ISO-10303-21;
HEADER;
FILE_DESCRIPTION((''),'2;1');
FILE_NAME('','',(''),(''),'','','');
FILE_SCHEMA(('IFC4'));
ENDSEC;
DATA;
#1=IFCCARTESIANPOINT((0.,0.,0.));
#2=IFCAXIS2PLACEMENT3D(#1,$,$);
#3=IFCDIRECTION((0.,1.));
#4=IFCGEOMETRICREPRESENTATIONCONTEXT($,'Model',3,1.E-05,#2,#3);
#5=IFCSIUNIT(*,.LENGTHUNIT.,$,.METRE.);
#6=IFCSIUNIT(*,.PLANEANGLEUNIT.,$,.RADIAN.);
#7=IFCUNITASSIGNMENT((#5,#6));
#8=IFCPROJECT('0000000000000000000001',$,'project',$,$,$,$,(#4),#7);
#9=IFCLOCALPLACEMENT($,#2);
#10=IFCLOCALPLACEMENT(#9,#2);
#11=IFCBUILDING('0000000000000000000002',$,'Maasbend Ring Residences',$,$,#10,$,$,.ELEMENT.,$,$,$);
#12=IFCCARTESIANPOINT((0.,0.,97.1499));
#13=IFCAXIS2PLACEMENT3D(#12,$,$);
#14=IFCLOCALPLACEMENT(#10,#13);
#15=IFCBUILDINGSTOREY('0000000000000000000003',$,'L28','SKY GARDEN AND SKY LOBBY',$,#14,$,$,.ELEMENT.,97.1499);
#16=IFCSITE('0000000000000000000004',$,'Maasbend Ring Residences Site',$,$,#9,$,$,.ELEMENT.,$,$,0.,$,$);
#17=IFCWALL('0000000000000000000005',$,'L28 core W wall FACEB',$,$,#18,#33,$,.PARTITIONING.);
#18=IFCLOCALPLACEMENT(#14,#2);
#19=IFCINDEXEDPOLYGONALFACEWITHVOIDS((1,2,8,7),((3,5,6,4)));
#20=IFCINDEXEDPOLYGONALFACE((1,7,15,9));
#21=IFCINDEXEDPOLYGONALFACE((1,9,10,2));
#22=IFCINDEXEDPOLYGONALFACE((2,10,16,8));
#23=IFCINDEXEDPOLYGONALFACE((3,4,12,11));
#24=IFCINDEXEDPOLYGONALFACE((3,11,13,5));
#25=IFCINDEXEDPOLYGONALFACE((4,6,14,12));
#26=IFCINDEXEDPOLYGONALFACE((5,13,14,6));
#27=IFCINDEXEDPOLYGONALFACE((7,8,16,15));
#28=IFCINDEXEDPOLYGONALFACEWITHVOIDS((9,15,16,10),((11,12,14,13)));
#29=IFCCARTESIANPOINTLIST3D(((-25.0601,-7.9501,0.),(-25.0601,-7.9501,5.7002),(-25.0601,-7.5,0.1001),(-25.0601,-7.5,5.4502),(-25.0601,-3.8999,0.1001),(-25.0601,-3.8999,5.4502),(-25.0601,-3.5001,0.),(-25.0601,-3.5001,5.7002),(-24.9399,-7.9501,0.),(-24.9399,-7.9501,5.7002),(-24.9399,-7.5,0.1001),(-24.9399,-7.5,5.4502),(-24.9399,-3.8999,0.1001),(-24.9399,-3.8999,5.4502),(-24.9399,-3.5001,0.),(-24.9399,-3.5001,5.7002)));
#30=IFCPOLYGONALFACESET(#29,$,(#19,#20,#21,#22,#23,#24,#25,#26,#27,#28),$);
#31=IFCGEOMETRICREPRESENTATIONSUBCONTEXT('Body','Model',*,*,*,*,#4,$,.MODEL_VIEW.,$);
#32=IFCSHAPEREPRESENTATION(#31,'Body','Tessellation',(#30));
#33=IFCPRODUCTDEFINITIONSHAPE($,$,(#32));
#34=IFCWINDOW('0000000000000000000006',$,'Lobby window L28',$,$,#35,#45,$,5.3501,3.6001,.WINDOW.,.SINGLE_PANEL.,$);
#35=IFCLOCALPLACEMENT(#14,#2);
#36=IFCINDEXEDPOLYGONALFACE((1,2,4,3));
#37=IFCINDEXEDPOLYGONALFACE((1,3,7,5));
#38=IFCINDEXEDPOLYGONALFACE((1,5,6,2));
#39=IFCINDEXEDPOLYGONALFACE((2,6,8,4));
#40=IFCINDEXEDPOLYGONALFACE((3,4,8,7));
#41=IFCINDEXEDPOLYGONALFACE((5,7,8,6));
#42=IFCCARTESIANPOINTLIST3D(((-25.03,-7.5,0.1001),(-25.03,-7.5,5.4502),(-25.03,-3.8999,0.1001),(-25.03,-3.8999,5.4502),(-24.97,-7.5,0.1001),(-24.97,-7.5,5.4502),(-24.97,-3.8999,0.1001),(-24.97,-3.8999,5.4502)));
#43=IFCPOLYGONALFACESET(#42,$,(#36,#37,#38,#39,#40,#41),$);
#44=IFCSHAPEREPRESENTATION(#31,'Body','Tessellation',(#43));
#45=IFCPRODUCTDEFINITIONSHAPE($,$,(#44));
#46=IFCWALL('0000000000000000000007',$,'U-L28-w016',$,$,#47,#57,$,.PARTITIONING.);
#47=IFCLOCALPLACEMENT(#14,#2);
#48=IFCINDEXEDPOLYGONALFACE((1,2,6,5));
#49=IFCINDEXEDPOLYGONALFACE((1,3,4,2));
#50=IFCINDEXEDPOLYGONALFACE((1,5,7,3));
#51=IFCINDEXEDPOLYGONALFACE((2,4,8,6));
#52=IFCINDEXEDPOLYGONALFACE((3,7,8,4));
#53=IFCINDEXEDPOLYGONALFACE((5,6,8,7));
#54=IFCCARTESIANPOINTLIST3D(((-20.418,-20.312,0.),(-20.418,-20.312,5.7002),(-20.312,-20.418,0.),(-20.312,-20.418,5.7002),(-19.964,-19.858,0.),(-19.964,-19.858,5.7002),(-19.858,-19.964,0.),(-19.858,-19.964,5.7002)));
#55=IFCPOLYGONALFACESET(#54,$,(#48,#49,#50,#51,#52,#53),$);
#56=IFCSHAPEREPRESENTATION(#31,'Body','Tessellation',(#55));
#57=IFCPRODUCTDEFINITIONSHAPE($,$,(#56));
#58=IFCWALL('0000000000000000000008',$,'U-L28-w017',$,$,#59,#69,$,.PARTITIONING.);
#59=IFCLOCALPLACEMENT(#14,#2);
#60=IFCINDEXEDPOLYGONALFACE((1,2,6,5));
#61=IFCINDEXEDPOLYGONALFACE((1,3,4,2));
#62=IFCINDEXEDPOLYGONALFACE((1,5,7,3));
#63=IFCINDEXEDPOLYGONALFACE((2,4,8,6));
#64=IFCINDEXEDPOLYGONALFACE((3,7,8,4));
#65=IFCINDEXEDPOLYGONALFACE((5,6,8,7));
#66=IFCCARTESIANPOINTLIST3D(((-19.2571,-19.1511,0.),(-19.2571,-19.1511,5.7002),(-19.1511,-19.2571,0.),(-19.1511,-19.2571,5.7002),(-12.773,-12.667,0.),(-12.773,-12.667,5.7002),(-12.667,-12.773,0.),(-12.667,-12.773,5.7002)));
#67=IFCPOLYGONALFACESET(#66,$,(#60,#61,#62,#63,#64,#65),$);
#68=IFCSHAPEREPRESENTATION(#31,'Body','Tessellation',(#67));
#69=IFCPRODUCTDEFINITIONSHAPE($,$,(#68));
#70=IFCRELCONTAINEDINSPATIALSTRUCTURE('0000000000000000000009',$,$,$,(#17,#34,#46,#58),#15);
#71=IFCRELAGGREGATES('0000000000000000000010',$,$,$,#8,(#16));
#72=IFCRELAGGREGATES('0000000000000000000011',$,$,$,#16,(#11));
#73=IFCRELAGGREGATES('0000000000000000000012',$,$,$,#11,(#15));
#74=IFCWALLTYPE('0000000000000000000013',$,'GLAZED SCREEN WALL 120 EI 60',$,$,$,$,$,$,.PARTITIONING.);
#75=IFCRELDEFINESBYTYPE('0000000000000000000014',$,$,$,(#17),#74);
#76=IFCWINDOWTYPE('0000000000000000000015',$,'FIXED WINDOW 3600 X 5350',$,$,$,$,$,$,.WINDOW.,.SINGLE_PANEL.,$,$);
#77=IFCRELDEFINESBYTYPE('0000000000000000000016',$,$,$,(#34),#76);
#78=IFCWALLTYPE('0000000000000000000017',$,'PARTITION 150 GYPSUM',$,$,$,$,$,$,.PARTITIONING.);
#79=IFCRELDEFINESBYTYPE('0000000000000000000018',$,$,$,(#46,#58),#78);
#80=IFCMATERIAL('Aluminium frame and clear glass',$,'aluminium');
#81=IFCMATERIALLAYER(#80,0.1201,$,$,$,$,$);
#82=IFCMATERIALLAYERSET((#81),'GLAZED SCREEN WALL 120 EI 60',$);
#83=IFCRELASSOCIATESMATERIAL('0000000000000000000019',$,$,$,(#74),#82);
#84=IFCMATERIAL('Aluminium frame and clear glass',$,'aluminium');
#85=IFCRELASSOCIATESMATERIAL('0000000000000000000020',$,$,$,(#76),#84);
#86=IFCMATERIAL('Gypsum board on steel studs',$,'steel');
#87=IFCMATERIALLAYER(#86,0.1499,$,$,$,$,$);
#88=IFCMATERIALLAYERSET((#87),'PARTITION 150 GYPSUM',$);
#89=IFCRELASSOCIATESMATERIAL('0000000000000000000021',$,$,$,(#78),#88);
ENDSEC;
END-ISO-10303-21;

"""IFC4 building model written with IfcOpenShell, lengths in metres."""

from ifc_helpers import new_model, si_unit, direction, frame, frame_2d, origin, place, context, subcontext, project, spatial, rectangle, extrude, material, layer, layer_set, type_object, element, fill, save


model = new_model("IFC4")

# Units and contexts
model_context = context("Model", 3, precision=1e-05, world=origin(), true_north=direction((0.0, 1.0)))
body_context = subcontext(model_context, "Body", "Model", "MODEL_VIEW")
ifc_project = project(units=[si_unit("LENGTHUNIT", "METRE"), si_unit("PLANEANGLEUNIT", "RADIAN")], contexts=[model_context])

# Site, building, storey
site_placement = place(None, origin())
site = spatial("IfcSite", under=ifc_project, at=site_placement, Name="Maasbend Ring Residences Site", CompositionType="ELEMENT", RefElevation=0.0)
building_placement = place(site_placement, origin())
building = spatial("IfcBuilding", under=site, at=building_placement, Name="Maasbend Ring Residences", CompositionType="ELEMENT")
storey_placement = place(building_placement, frame((0.0, 0.0, 97.1499)))
storey = spatial("IfcBuildingStorey", under=building, at=storey_placement, Name="L28", Description="SKY GARDEN AND SKY LOBBY", CompositionType="ELEMENT", Elevation=97.1499)

# Wall, opening, window
ifc_material_1 = material(Name="Aluminium frame and clear glass", Category="aluminium")
ifc_layer_1 = layer(ifc_material_1, 0.1201)
ifc_layer_set_1 = layer_set([ifc_layer_1], Name="GLAZED SCREEN WALL 120 EI 60")
wall_type_1 = type_object("IfcWallType", Name="GLAZED SCREEN WALL 120 EI 60", PredefinedType="PARTITIONING", material=ifc_layer_set_1)
wall_1_placement = place(storey_placement, frame((-25.0, -3.5, 0.0), z_axis=(0.0, 0.0, 1.0), x_axis=(0.0, -1.0, 0.0)))
wall_1 = element("IfcWall", 1, at=wall_1_placement, inside=storey, type_object=wall_type_1, Name="L28 core W wall FACEB", PredefinedType="PARTITIONING", context=body_context, shape_type="SweptSolid", body=[
    extrude(rectangle(XDim=4.45, YDim=0.1201, at=frame_2d((2.2251, 0.0))), origin(), (0.0, 0.0, 1.0), 5.7002),
])
opening_1_placement = place(wall_1_placement, frame((0.3999, 0.0, 0.1001)))
opening_1 = element("IfcOpeningElement", 2, at=opening_1_placement, cuts=wall_1, PredefinedType="OPENING", context=body_context, shape_type="SweptSolid", body=[
    extrude(rectangle(XDim=3.6001, YDim=5.3501, at=frame_2d((1.8, 2.675))), frame((0.0, 0.0701, 0.0), z_axis=(0.0, -1.0, 0.0), x_axis=(1.0, 0.0, 0.0)), (0.0, 0.0, 1.0), 0.1401),
])
ifc_material_2 = material(Name="Aluminium frame and clear glass", Category="aluminium")
window_type = type_object("IfcWindowType", Name="FIXED WINDOW 3600 X 5350", PartitioningType="SINGLE_PANEL", PredefinedType="WINDOW", material=ifc_material_2)
window_placement = place(opening_1_placement, origin())
window = element("IfcWindow", 3, at=window_placement, inside=storey, type_object=window_type, Name="Lobby window L28", OverallHeight=5.3501, OverallWidth=3.6001, PartitioningType="SINGLE_PANEL", PredefinedType="WINDOW", context=body_context, shape_type="SweptSolid", body=[
    extrude(rectangle(XDim=3.6001, YDim=5.3501, at=frame_2d((1.8, 2.675))), frame((0.0, 0.03, 0.0), z_axis=(0.0, -1.0, 0.0), x_axis=(1.0, 0.0, 0.0)), (0.0, 0.0, 1.0), 0.0601),
])
fill(opening_1, window)

# Walls
ifc_material_3 = material(Name="Gypsum board on steel studs", Category="steel")
ifc_layer_2 = layer(ifc_material_3, 0.1499)
ifc_layer_set_2 = layer_set([ifc_layer_2], Name="PARTITION 150 GYPSUM")
wall_type_2 = type_object("IfcWallType", Name="PARTITION 150 GYPSUM", PredefinedType="PARTITIONING", material=ifc_layer_set_2)
wall_2_placement = place(storey_placement, frame((-20.365, -20.365, 0.0), z_axis=(0.0, 0.0, 1.0), x_axis=(0.707107, 0.707107, 0.0)))
element("IfcWall", 4, at=wall_2_placement, inside=storey, type_object=wall_type_2, Name="U-L28-w016", PredefinedType="PARTITIONING", context=body_context, shape_type="SweptSolid", body=[
    extrude(rectangle(XDim=0.6421, YDim=0.1499, at=frame_2d((0.321, 0.0))), origin(), (0.0, 0.0, 1.0), 5.7002),
])
wall_3_placement = place(storey_placement, frame((-19.2041, -19.2041, 0.0), z_axis=(0.0, 0.0, 1.0), x_axis=(0.707107, 0.707107, 0.0)))
element("IfcWall", 5, at=wall_3_placement, inside=storey, type_object=wall_type_2, Name="U-L28-w017", PredefinedType="PARTITIONING", context=body_context, shape_type="SweptSolid", body=[
    extrude(rectangle(XDim=9.1699, YDim=0.1499, at=frame_2d((4.585, 0.0))), origin(), (0.0, 0.0, 1.0), 5.7002),
])

save(model, "model.ifc")
